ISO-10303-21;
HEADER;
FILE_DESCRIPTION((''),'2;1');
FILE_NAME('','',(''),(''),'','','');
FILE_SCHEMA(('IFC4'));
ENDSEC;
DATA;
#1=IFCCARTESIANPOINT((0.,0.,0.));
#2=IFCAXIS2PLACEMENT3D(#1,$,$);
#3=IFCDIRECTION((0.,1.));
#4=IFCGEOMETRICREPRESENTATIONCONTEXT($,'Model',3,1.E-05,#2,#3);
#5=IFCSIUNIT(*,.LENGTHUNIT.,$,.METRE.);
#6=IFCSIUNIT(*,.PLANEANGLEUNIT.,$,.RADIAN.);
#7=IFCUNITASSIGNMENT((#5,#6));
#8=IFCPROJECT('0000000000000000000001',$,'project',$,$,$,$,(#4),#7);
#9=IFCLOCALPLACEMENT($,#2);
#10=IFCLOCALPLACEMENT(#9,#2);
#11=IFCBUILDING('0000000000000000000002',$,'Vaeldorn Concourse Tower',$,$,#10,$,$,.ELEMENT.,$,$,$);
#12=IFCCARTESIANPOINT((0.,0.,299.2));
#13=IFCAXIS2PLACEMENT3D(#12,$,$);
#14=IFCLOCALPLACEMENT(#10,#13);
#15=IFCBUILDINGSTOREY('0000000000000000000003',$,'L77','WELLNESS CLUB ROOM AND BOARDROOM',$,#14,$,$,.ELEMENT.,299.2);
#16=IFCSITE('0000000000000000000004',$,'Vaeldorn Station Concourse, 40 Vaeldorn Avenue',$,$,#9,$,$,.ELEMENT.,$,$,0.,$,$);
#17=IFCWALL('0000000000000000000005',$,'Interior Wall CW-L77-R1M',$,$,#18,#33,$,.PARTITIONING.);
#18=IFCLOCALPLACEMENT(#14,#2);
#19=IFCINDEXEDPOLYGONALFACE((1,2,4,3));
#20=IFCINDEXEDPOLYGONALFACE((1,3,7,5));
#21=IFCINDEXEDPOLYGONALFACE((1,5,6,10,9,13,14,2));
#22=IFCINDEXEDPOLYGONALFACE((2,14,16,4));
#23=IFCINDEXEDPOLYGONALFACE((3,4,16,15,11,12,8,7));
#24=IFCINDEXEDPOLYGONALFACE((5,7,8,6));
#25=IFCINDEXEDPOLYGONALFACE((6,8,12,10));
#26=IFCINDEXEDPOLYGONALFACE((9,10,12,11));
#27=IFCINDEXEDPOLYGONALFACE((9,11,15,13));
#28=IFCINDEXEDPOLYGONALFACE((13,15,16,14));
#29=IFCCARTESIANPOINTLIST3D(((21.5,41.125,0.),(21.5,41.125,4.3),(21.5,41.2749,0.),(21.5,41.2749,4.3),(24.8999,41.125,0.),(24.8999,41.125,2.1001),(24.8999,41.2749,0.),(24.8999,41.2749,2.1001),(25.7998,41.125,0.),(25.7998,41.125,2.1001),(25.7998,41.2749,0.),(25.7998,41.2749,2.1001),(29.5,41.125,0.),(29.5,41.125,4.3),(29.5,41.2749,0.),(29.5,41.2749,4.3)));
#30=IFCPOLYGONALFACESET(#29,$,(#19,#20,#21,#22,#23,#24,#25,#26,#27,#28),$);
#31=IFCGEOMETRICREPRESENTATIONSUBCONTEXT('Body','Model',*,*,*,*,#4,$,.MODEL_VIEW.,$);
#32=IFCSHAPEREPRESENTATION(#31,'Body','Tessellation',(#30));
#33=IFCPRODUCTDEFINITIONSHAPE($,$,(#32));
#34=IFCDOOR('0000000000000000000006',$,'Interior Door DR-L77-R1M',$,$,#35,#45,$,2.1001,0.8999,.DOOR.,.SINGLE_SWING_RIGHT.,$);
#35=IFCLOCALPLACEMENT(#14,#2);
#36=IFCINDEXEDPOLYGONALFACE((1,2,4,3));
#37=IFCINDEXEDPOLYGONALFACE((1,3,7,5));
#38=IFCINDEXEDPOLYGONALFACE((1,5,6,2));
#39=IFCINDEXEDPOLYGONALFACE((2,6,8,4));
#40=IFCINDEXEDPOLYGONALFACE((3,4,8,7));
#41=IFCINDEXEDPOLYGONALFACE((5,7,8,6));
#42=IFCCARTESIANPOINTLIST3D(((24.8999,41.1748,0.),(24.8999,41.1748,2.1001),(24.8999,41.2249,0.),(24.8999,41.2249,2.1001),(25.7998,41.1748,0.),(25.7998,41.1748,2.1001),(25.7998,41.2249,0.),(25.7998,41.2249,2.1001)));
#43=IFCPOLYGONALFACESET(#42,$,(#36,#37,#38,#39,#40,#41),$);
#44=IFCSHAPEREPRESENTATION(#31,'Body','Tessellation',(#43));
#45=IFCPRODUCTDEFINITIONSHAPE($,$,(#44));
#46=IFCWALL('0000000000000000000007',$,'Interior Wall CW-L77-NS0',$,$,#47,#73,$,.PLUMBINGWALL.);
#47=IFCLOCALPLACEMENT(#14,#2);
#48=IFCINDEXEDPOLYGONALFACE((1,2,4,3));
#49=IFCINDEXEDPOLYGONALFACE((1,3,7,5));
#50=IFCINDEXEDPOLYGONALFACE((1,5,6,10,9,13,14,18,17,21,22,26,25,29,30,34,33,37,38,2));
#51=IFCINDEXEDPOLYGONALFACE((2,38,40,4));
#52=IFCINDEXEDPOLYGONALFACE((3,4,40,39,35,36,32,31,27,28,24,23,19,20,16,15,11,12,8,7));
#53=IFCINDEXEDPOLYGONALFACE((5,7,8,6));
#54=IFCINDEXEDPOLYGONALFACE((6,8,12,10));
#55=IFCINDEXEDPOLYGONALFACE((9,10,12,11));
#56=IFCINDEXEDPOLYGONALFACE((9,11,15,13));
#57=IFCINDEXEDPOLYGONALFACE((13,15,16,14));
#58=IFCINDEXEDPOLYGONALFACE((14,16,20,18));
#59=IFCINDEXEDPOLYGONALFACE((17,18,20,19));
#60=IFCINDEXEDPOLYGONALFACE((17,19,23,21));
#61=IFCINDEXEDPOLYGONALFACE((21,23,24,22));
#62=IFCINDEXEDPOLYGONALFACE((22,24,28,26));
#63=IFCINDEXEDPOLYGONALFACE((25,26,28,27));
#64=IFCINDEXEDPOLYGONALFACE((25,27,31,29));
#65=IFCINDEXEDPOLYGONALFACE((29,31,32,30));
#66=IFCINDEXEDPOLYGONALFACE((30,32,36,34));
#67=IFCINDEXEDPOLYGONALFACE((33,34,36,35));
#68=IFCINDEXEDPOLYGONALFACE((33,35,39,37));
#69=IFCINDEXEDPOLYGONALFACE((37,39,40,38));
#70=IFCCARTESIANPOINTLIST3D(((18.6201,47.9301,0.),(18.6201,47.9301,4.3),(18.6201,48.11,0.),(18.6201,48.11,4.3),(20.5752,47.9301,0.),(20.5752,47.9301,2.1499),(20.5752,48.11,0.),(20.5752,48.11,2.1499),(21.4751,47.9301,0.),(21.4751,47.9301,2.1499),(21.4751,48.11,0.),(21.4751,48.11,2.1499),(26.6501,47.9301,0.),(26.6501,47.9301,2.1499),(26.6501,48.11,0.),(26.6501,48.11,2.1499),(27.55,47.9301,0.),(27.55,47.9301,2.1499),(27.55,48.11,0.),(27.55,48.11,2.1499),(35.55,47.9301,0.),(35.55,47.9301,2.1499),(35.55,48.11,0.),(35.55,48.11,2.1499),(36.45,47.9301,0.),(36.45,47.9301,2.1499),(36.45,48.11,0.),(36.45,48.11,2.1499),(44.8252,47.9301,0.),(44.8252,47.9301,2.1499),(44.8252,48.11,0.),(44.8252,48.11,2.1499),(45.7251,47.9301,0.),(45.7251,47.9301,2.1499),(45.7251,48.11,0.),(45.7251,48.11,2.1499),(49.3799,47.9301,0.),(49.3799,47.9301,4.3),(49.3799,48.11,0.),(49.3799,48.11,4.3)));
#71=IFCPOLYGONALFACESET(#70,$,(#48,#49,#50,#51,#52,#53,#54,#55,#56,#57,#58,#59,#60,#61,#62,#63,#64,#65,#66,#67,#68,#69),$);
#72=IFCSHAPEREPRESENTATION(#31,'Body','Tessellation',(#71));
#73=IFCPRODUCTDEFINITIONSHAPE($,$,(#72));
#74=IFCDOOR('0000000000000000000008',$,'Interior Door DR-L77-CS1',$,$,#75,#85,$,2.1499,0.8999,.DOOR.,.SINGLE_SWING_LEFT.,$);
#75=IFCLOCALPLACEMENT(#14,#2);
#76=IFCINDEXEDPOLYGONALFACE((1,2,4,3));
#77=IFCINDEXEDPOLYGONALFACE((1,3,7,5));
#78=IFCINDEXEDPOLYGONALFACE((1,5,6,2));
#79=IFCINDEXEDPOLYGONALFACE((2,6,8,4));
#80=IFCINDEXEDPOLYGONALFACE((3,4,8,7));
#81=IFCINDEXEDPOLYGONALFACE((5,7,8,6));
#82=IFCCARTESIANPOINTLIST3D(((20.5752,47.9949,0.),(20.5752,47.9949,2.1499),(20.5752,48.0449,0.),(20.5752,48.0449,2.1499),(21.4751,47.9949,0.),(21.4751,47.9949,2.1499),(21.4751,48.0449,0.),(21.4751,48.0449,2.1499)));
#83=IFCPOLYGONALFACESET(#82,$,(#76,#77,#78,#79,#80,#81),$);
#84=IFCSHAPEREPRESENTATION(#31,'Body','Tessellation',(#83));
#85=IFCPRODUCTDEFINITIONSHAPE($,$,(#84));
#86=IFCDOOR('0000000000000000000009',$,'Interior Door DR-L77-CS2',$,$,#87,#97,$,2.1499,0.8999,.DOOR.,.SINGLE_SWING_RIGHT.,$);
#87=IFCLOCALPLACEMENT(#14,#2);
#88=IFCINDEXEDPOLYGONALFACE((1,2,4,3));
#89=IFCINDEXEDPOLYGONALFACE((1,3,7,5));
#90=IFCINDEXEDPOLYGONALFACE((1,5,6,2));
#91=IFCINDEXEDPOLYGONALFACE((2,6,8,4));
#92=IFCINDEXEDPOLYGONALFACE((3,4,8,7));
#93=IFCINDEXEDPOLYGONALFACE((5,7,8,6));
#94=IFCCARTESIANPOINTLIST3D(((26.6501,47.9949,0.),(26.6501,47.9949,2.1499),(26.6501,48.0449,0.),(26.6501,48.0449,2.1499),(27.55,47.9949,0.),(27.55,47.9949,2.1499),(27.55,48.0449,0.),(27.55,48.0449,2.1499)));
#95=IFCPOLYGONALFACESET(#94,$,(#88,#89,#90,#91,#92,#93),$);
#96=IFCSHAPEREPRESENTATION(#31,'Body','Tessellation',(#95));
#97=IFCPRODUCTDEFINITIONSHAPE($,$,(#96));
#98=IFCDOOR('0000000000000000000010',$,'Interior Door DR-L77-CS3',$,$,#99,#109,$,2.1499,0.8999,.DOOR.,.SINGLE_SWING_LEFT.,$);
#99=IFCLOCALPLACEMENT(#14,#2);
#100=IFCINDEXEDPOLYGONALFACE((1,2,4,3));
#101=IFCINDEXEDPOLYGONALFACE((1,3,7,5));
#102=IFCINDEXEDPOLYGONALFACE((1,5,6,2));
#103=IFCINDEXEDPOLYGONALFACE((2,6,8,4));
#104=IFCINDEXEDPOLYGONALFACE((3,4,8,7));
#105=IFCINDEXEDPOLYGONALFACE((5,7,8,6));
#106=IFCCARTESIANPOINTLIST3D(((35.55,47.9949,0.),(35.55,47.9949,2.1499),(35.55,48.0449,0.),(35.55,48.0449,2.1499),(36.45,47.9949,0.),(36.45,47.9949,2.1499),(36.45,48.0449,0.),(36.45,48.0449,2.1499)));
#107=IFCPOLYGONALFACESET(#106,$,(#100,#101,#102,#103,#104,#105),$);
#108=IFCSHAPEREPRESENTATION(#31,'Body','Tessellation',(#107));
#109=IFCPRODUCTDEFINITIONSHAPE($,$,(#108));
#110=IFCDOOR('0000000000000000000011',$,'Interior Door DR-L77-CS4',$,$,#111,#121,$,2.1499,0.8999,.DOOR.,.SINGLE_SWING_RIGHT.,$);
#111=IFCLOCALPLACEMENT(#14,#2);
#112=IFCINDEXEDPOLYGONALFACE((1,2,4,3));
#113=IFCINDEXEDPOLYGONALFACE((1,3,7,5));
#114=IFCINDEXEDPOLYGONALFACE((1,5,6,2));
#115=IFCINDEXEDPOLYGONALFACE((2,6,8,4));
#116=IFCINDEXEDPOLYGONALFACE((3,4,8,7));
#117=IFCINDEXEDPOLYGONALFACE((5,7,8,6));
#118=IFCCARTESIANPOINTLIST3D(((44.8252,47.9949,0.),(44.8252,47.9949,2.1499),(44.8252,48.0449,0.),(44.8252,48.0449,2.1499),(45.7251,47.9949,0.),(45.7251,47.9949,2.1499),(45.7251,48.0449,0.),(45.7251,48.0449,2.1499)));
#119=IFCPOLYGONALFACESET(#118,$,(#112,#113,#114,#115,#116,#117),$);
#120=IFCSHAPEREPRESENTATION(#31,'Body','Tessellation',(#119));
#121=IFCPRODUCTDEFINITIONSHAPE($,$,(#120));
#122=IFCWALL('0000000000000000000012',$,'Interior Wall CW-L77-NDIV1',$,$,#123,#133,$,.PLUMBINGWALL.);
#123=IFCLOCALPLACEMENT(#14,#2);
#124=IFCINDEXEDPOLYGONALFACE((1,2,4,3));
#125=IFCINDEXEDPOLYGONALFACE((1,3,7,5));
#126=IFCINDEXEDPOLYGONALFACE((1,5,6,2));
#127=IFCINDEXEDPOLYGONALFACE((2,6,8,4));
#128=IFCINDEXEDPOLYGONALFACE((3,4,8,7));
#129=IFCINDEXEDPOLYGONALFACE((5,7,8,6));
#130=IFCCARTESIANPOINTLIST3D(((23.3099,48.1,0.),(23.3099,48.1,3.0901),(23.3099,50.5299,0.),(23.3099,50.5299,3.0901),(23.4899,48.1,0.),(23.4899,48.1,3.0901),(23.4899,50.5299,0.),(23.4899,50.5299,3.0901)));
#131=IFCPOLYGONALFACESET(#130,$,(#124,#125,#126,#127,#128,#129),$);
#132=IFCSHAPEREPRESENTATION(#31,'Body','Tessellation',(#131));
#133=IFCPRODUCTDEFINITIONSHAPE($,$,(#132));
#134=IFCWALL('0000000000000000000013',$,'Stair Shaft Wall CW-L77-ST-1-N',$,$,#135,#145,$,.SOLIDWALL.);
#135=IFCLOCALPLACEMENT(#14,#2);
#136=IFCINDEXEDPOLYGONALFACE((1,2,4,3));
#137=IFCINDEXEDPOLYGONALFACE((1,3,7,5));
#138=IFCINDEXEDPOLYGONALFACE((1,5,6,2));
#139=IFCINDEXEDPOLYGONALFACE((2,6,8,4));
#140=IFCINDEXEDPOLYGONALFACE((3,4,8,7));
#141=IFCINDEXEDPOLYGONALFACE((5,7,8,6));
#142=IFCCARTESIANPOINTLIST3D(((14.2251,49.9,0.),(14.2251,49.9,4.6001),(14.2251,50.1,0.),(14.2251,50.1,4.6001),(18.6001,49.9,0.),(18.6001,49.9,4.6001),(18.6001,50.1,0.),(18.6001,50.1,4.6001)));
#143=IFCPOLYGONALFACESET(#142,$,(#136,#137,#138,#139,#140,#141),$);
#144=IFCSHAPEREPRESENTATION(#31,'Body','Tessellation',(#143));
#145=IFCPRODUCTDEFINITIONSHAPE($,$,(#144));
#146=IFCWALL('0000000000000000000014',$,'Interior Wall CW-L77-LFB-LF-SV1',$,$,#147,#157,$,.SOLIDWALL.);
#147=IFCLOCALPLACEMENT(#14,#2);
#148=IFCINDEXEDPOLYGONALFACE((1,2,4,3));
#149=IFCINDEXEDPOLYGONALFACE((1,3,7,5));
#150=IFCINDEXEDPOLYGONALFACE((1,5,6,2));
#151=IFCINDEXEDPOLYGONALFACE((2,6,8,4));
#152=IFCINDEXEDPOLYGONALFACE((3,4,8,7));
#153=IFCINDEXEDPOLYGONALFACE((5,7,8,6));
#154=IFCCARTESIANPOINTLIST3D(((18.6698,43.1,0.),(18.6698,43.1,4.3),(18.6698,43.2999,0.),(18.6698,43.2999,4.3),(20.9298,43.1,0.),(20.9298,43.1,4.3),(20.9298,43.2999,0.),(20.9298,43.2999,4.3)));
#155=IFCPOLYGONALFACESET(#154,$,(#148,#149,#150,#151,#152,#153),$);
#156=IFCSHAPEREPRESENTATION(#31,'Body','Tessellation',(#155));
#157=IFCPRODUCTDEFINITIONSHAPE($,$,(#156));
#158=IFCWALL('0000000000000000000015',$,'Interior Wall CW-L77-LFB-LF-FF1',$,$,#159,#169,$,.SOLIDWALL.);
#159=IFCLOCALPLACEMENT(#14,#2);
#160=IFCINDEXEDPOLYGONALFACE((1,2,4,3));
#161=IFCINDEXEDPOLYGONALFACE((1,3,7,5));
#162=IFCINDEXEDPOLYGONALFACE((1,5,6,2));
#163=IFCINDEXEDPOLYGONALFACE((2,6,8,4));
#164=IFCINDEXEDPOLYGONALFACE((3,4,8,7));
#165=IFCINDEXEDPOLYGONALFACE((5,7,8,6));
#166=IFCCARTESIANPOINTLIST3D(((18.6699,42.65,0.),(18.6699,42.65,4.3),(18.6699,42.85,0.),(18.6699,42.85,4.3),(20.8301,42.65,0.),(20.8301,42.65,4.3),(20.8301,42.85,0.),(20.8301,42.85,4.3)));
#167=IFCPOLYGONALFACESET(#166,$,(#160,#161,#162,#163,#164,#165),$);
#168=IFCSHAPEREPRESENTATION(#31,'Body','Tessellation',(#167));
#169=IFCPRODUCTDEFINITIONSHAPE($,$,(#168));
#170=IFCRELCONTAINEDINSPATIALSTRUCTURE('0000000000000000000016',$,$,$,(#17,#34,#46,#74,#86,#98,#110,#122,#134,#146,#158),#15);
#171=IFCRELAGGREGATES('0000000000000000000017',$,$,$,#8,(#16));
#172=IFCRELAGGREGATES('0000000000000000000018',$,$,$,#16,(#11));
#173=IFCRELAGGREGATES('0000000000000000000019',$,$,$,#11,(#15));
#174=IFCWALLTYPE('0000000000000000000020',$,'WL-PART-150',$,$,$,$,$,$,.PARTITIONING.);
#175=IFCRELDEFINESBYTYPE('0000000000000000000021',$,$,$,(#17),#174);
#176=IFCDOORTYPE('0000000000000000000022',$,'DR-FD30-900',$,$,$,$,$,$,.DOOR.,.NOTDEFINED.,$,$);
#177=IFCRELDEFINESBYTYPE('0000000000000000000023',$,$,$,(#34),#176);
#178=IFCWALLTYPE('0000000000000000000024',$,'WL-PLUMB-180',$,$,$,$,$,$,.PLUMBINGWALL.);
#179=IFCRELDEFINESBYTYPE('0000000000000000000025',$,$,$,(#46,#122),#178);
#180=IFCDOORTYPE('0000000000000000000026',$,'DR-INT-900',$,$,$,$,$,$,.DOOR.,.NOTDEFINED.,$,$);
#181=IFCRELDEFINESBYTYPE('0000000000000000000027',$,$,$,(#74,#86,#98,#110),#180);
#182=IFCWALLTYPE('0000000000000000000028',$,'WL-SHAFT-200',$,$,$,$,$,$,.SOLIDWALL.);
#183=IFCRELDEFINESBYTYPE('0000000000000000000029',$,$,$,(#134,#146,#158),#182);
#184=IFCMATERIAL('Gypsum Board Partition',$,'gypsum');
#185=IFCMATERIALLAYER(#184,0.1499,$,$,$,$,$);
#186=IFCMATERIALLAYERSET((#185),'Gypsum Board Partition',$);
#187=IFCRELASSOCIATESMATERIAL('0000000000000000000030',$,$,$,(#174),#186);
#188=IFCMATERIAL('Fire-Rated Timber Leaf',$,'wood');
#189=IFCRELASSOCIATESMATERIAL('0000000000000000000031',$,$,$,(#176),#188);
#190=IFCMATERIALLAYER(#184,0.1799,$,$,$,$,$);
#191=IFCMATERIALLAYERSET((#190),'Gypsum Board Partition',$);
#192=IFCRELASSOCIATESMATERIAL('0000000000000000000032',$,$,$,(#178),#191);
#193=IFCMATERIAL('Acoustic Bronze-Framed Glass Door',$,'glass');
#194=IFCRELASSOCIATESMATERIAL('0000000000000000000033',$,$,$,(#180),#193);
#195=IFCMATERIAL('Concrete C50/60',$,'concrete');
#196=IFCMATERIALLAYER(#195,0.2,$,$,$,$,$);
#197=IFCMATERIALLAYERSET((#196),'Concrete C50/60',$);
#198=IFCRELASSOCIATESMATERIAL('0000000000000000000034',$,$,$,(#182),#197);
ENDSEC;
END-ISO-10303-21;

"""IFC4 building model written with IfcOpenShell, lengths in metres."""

from ifc_helpers import new_model, si_unit, direction, frame, frame_2d, origin, place, context, subcontext, project, spatial, rectangle, extrude, source, transform, mapped, material, layer, layer_set, type_object, element, fill, save


model = new_model("IFC4")

# Units and contexts
model_context = context("Model", 3, precision=1e-05, world=origin(), true_north=direction((0.0, 1.0)))
body_context = subcontext(model_context, "Body", "Model", "MODEL_VIEW")
ifc_project = project(units=[si_unit("LENGTHUNIT", "METRE"), si_unit("PLANEANGLEUNIT", "RADIAN")], contexts=[model_context])

# Site, building, storey
site_placement = place(None, origin())
site = spatial("IfcSite", under=ifc_project, at=site_placement, Name="Vaeldorn Station Concourse, 40 Vaeldorn Avenue", CompositionType="ELEMENT", RefElevation=0.0)
building_placement = place(site_placement, origin())
building = spatial("IfcBuilding", under=site, at=building_placement, Name="Vaeldorn Concourse Tower", CompositionType="ELEMENT")
storey_placement = place(building_placement, frame((0.0, 0.0, 299.2)))
storey = spatial("IfcBuildingStorey", under=building, at=storey_placement, Name="L77", Description="WELLNESS CLUB ROOM AND BOARDROOM", CompositionType="ELEMENT", Elevation=299.2)

# Shared definitions
ifc_material_1 = material(Name="Concrete C50/60", Category="concrete")
ifc_material_2 = material(Name="Gypsum Board Partition", Category="gypsum")
ifc_layer_1 = layer(ifc_material_2, 0.1499)
ifc_layer_set_1 = layer_set([ifc_layer_1], Name="Gypsum Board Partition")
wall_type_1 = type_object("IfcWallType", Name="WL-PART-150", PredefinedType="PARTITIONING", material=ifc_layer_set_1)

# Wall, opening, door
wall_1_placement = place(storey_placement, frame((21.5, 41.2, 0.0), z_axis=(0.0, 0.0, 1.0), x_axis=(1.0, 0.0, 0.0)))
wall_1 = element("IfcWall", 1, at=wall_1_placement, inside=storey, type_object=wall_type_1, Name="Interior Wall CW-L77-R1M", PredefinedType="PARTITIONING", context=body_context, shape_type="SweptSolid", body=[
    extrude(rectangle(XDim=8.0, YDim=0.1499, at=frame_2d((4.0, 0.0))), origin(), (0.0, 0.0, 1.0), 4.3),
])
opening_1_placement = place(wall_1_placement, frame((3.3999, 0.0, 0.0)))
opening_1 = element("IfcOpeningElement", 2, at=opening_1_placement, cuts=wall_1, PredefinedType="OPENING", context=body_context, shape_type="SweptSolid", body=[
    extrude(rectangle(XDim=0.8999, YDim=2.1001, at=frame_2d((0.45, 1.05))), frame((0.0, 0.085, 0.0), z_axis=(0.0, -1.0, 0.0), x_axis=(1.0, 0.0, 0.0)), (0.0, 0.0, 1.0), 0.1699),
])
ifc_material_3 = material(Name="Fire-Rated Timber Leaf", Category="wood")
door_type_1 = type_object("IfcDoorType", Name="DR-FD30-900", OperationType="NOTDEFINED", PredefinedType="DOOR", material=ifc_material_3)
shared_shape_1 = source(origin(), body_context, "Body", "SweptSolid", [
    extrude(rectangle(XDim=0.8999, YDim=2.1001, at=frame_2d((0.45, 1.05))), frame((0.0, 0.0249, 0.0), z_axis=(0.0, -1.0, 0.0), x_axis=(1.0, 0.0, 0.0)), (0.0, 0.0, 1.0), 0.05),
])
door_1_placement = place(opening_1_placement, origin())
door_1 = element("IfcDoor", 3, at=door_1_placement, inside=storey, type_object=door_type_1, Name="Interior Door DR-L77-R1M", OperationType="SINGLE_SWING_RIGHT", OverallHeight=2.1001, OverallWidth=0.8999, PredefinedType="DOOR", context=body_context, shape_type="MappedRepresentation", body=[
    mapped(shared_shape_1, transform((0.0, 0.0, 0.0), scale=1.0)),
])
fill(opening_1, door_1)

# Wall, openings, doors
ifc_layer_2 = layer(ifc_material_2, 0.1799)
ifc_layer_set_2 = layer_set([ifc_layer_2], Name="Gypsum Board Partition")
wall_type_2 = type_object("IfcWallType", Name="WL-PLUMB-180", PredefinedType="PLUMBINGWALL", material=ifc_layer_set_2)
wall_2_placement = place(storey_placement, frame((18.6201, 48.02, 0.0), z_axis=(0.0, 0.0, 1.0), x_axis=(1.0, 0.0, 0.0)))
wall_2 = element("IfcWall", 4, at=wall_2_placement, inside=storey, type_object=wall_type_2, Name="Interior Wall CW-L77-NS0", PredefinedType="PLUMBINGWALL", context=body_context, shape_type="SweptSolid", body=[
    extrude(rectangle(XDim=30.7598, YDim=0.1799, at=frame_2d((15.3799, 0.0))), origin(), (0.0, 0.0, 1.0), 4.3),
])
opening_2_placement = place(wall_2_placement, frame((1.9551, 0.0, 0.0)))
opening_2 = element("IfcOpeningElement", 5, at=opening_2_placement, cuts=wall_2, PredefinedType="OPENING", context=body_context, shape_type="SweptSolid", body=[
    extrude(rectangle(XDim=0.8999, YDim=2.1499, at=frame_2d((0.45, 1.075))), frame((0.0, 0.1001, 0.0), z_axis=(0.0, -1.0, 0.0), x_axis=(1.0, 0.0, 0.0)), (0.0, 0.0, 1.0), 0.2),
])
opening_3_placement = place(wall_2_placement, frame((8.03, 0.0, 0.0)))
opening_3 = element("IfcOpeningElement", 6, at=opening_3_placement, cuts=wall_2, PredefinedType="OPENING", context=body_context, shape_type="SweptSolid", body=[
    extrude(rectangle(XDim=0.8999, YDim=2.1499, at=frame_2d((0.45, 1.075))), frame((0.0, 0.1001, 0.0), z_axis=(0.0, -1.0, 0.0), x_axis=(1.0, 0.0, 0.0)), (0.0, 0.0, 1.0), 0.2),
])
opening_4_placement = place(wall_2_placement, frame((16.9299, 0.0, 0.0)))
opening_4 = element("IfcOpeningElement", 7, at=opening_4_placement, cuts=wall_2, PredefinedType="OPENING", context=body_context, shape_type="SweptSolid", body=[
    extrude(rectangle(XDim=0.8999, YDim=2.1499, at=frame_2d((0.45, 1.075))), frame((0.0, 0.1001, 0.0), z_axis=(0.0, -1.0, 0.0), x_axis=(1.0, 0.0, 0.0)), (0.0, 0.0, 1.0), 0.2),
])
opening_5_placement = place(wall_2_placement, frame((26.2051, 0.0, 0.0)))
opening_5 = element("IfcOpeningElement", 8, at=opening_5_placement, cuts=wall_2, PredefinedType="OPENING", context=body_context, shape_type="SweptSolid", body=[
    extrude(rectangle(XDim=0.8999, YDim=2.1499, at=frame_2d((0.45, 1.075))), frame((0.0, 0.1001, 0.0), z_axis=(0.0, -1.0, 0.0), x_axis=(1.0, 0.0, 0.0)), (0.0, 0.0, 1.0), 0.2),
])
ifc_material_4 = material(Name="Acoustic Bronze-Framed Glass Door", Category="glass")
door_type_2 = type_object("IfcDoorType", Name="DR-INT-900", OperationType="NOTDEFINED", PredefinedType="DOOR", material=ifc_material_4)
shared_shape_2 = source(origin(), body_context, "Body", "SweptSolid", [
    extrude(rectangle(XDim=0.8999, YDim=2.1499, at=frame_2d((0.45, 1.075))), frame((0.0, 0.0249, 0.0), z_axis=(0.0, -1.0, 0.0), x_axis=(1.0, 0.0, 0.0)), (0.0, 0.0, 1.0), 0.05),
])
door_2_placement = place(opening_2_placement, origin())
door_2 = element("IfcDoor", 9, at=door_2_placement, inside=storey, type_object=door_type_2, Name="Interior Door DR-L77-CS1", OperationType="SINGLE_SWING_LEFT", OverallHeight=2.1499, OverallWidth=0.8999, PredefinedType="DOOR", context=body_context, shape_type="MappedRepresentation", body=[
    mapped(shared_shape_2, transform((0.0, 0.0, 0.0), scale=1.0)),
])
fill(opening_2, door_2)
door_3_placement = place(opening_3_placement, origin())
door_3 = element("IfcDoor", 10, at=door_3_placement, inside=storey, type_object=door_type_2, Name="Interior Door DR-L77-CS2", OperationType="SINGLE_SWING_RIGHT", OverallHeight=2.1499, OverallWidth=0.8999, PredefinedType="DOOR", context=body_context, shape_type="MappedRepresentation", body=[
    mapped(shared_shape_2, transform((0.0, 0.0, 0.0), scale=1.0)),
])
fill(opening_3, door_3)
door_4_placement = place(opening_4_placement, origin())
door_4 = element("IfcDoor", 11, at=door_4_placement, inside=storey, type_object=door_type_2, Name="Interior Door DR-L77-CS3", OperationType="SINGLE_SWING_LEFT", OverallHeight=2.1499, OverallWidth=0.8999, PredefinedType="DOOR", context=body_context, shape_type="MappedRepresentation", body=[
    mapped(shared_shape_2, transform((0.0, 0.0, 0.0), scale=1.0)),
])
fill(opening_4, door_4)
door_5_placement = place(opening_5_placement, origin())
door_5 = element("IfcDoor", 12, at=door_5_placement, inside=storey, type_object=door_type_2, Name="Interior Door DR-L77-CS4", OperationType="SINGLE_SWING_RIGHT", OverallHeight=2.1499, OverallWidth=0.8999, PredefinedType="DOOR", context=body_context, shape_type="MappedRepresentation", body=[
    mapped(shared_shape_2, transform((0.0, 0.0, 0.0), scale=1.0)),
])
fill(opening_5, door_5)

# Walls
wall_3_placement = place(storey_placement, frame((23.3999, 48.1001, 0.0), z_axis=(0.0, 0.0, 1.0), x_axis=(0.0, 1.0, 0.0)))
element("IfcWall", 13, at=wall_3_placement, inside=storey, type_object=wall_type_2, Name="Interior Wall CW-L77-NDIV1", PredefinedType="PLUMBINGWALL", context=body_context, shape_type="SweptSolid", body=[
    extrude(rectangle(XDim=2.4299, YDim=0.1799, at=frame_2d((1.2148, 0.0))), origin(), (0.0, 0.0, 1.0), 3.0901),
])
ifc_layer_3 = layer(ifc_material_1, 0.2)
ifc_layer_set_3 = layer_set([ifc_layer_3], Name="Concrete C50/60")
wall_type_3 = type_object("IfcWallType", Name="WL-SHAFT-200", PredefinedType="SOLIDWALL", material=ifc_layer_set_3)
wall_4_placement = place(storey_placement, frame((14.2251, 50.0, 0.0), z_axis=(0.0, 0.0, 1.0), x_axis=(1.0, 0.0, 0.0)))
element("IfcWall", 14, at=wall_4_placement, inside=storey, type_object=wall_type_3, Name="Stair Shaft Wall CW-L77-ST-1-N", PredefinedType="SOLIDWALL", context=body_context, shape_type="SweptSolid", body=[
    extrude(rectangle(XDim=4.375, YDim=0.2, at=frame_2d((2.1875, 0.0))), origin(), (0.0, 0.0, 1.0), 4.6001),
])

# Walls
wall_5_placement = place(storey_placement, frame((18.6699, 43.2, 0.0), z_axis=(0.0, 0.0, 1.0), x_axis=(1.0, 0.0, 0.0)))
element("IfcWall", 15, at=wall_5_placement, inside=storey, type_object=wall_type_3, Name="Interior Wall CW-L77-LFB-LF-SV1", PredefinedType="SOLIDWALL", context=body_context, shape_type="SweptSolid", body=[
    extrude(rectangle(XDim=2.26, YDim=0.2, at=frame_2d((1.1299, 0.0))), origin(), (0.0, 0.0, 1.0), 4.3),
])
wall_6_placement = place(storey_placement, frame((18.6699, 42.75, 0.0), z_axis=(0.0, 0.0, 1.0), x_axis=(1.0, 0.0, 0.0)))
element("IfcWall", 16, at=wall_6_placement, inside=storey, type_object=wall_type_3, Name="Interior Wall CW-L77-LFB-LF-FF1", PredefinedType="SOLIDWALL", context=body_context, shape_type="SweptSolid", body=[
    extrude(rectangle(XDim=2.1602, YDim=0.2, at=frame_2d((1.0801, 0.0))), origin(), (0.0, 0.0, 1.0), 4.3),
])

save(model, "model.ifc")
